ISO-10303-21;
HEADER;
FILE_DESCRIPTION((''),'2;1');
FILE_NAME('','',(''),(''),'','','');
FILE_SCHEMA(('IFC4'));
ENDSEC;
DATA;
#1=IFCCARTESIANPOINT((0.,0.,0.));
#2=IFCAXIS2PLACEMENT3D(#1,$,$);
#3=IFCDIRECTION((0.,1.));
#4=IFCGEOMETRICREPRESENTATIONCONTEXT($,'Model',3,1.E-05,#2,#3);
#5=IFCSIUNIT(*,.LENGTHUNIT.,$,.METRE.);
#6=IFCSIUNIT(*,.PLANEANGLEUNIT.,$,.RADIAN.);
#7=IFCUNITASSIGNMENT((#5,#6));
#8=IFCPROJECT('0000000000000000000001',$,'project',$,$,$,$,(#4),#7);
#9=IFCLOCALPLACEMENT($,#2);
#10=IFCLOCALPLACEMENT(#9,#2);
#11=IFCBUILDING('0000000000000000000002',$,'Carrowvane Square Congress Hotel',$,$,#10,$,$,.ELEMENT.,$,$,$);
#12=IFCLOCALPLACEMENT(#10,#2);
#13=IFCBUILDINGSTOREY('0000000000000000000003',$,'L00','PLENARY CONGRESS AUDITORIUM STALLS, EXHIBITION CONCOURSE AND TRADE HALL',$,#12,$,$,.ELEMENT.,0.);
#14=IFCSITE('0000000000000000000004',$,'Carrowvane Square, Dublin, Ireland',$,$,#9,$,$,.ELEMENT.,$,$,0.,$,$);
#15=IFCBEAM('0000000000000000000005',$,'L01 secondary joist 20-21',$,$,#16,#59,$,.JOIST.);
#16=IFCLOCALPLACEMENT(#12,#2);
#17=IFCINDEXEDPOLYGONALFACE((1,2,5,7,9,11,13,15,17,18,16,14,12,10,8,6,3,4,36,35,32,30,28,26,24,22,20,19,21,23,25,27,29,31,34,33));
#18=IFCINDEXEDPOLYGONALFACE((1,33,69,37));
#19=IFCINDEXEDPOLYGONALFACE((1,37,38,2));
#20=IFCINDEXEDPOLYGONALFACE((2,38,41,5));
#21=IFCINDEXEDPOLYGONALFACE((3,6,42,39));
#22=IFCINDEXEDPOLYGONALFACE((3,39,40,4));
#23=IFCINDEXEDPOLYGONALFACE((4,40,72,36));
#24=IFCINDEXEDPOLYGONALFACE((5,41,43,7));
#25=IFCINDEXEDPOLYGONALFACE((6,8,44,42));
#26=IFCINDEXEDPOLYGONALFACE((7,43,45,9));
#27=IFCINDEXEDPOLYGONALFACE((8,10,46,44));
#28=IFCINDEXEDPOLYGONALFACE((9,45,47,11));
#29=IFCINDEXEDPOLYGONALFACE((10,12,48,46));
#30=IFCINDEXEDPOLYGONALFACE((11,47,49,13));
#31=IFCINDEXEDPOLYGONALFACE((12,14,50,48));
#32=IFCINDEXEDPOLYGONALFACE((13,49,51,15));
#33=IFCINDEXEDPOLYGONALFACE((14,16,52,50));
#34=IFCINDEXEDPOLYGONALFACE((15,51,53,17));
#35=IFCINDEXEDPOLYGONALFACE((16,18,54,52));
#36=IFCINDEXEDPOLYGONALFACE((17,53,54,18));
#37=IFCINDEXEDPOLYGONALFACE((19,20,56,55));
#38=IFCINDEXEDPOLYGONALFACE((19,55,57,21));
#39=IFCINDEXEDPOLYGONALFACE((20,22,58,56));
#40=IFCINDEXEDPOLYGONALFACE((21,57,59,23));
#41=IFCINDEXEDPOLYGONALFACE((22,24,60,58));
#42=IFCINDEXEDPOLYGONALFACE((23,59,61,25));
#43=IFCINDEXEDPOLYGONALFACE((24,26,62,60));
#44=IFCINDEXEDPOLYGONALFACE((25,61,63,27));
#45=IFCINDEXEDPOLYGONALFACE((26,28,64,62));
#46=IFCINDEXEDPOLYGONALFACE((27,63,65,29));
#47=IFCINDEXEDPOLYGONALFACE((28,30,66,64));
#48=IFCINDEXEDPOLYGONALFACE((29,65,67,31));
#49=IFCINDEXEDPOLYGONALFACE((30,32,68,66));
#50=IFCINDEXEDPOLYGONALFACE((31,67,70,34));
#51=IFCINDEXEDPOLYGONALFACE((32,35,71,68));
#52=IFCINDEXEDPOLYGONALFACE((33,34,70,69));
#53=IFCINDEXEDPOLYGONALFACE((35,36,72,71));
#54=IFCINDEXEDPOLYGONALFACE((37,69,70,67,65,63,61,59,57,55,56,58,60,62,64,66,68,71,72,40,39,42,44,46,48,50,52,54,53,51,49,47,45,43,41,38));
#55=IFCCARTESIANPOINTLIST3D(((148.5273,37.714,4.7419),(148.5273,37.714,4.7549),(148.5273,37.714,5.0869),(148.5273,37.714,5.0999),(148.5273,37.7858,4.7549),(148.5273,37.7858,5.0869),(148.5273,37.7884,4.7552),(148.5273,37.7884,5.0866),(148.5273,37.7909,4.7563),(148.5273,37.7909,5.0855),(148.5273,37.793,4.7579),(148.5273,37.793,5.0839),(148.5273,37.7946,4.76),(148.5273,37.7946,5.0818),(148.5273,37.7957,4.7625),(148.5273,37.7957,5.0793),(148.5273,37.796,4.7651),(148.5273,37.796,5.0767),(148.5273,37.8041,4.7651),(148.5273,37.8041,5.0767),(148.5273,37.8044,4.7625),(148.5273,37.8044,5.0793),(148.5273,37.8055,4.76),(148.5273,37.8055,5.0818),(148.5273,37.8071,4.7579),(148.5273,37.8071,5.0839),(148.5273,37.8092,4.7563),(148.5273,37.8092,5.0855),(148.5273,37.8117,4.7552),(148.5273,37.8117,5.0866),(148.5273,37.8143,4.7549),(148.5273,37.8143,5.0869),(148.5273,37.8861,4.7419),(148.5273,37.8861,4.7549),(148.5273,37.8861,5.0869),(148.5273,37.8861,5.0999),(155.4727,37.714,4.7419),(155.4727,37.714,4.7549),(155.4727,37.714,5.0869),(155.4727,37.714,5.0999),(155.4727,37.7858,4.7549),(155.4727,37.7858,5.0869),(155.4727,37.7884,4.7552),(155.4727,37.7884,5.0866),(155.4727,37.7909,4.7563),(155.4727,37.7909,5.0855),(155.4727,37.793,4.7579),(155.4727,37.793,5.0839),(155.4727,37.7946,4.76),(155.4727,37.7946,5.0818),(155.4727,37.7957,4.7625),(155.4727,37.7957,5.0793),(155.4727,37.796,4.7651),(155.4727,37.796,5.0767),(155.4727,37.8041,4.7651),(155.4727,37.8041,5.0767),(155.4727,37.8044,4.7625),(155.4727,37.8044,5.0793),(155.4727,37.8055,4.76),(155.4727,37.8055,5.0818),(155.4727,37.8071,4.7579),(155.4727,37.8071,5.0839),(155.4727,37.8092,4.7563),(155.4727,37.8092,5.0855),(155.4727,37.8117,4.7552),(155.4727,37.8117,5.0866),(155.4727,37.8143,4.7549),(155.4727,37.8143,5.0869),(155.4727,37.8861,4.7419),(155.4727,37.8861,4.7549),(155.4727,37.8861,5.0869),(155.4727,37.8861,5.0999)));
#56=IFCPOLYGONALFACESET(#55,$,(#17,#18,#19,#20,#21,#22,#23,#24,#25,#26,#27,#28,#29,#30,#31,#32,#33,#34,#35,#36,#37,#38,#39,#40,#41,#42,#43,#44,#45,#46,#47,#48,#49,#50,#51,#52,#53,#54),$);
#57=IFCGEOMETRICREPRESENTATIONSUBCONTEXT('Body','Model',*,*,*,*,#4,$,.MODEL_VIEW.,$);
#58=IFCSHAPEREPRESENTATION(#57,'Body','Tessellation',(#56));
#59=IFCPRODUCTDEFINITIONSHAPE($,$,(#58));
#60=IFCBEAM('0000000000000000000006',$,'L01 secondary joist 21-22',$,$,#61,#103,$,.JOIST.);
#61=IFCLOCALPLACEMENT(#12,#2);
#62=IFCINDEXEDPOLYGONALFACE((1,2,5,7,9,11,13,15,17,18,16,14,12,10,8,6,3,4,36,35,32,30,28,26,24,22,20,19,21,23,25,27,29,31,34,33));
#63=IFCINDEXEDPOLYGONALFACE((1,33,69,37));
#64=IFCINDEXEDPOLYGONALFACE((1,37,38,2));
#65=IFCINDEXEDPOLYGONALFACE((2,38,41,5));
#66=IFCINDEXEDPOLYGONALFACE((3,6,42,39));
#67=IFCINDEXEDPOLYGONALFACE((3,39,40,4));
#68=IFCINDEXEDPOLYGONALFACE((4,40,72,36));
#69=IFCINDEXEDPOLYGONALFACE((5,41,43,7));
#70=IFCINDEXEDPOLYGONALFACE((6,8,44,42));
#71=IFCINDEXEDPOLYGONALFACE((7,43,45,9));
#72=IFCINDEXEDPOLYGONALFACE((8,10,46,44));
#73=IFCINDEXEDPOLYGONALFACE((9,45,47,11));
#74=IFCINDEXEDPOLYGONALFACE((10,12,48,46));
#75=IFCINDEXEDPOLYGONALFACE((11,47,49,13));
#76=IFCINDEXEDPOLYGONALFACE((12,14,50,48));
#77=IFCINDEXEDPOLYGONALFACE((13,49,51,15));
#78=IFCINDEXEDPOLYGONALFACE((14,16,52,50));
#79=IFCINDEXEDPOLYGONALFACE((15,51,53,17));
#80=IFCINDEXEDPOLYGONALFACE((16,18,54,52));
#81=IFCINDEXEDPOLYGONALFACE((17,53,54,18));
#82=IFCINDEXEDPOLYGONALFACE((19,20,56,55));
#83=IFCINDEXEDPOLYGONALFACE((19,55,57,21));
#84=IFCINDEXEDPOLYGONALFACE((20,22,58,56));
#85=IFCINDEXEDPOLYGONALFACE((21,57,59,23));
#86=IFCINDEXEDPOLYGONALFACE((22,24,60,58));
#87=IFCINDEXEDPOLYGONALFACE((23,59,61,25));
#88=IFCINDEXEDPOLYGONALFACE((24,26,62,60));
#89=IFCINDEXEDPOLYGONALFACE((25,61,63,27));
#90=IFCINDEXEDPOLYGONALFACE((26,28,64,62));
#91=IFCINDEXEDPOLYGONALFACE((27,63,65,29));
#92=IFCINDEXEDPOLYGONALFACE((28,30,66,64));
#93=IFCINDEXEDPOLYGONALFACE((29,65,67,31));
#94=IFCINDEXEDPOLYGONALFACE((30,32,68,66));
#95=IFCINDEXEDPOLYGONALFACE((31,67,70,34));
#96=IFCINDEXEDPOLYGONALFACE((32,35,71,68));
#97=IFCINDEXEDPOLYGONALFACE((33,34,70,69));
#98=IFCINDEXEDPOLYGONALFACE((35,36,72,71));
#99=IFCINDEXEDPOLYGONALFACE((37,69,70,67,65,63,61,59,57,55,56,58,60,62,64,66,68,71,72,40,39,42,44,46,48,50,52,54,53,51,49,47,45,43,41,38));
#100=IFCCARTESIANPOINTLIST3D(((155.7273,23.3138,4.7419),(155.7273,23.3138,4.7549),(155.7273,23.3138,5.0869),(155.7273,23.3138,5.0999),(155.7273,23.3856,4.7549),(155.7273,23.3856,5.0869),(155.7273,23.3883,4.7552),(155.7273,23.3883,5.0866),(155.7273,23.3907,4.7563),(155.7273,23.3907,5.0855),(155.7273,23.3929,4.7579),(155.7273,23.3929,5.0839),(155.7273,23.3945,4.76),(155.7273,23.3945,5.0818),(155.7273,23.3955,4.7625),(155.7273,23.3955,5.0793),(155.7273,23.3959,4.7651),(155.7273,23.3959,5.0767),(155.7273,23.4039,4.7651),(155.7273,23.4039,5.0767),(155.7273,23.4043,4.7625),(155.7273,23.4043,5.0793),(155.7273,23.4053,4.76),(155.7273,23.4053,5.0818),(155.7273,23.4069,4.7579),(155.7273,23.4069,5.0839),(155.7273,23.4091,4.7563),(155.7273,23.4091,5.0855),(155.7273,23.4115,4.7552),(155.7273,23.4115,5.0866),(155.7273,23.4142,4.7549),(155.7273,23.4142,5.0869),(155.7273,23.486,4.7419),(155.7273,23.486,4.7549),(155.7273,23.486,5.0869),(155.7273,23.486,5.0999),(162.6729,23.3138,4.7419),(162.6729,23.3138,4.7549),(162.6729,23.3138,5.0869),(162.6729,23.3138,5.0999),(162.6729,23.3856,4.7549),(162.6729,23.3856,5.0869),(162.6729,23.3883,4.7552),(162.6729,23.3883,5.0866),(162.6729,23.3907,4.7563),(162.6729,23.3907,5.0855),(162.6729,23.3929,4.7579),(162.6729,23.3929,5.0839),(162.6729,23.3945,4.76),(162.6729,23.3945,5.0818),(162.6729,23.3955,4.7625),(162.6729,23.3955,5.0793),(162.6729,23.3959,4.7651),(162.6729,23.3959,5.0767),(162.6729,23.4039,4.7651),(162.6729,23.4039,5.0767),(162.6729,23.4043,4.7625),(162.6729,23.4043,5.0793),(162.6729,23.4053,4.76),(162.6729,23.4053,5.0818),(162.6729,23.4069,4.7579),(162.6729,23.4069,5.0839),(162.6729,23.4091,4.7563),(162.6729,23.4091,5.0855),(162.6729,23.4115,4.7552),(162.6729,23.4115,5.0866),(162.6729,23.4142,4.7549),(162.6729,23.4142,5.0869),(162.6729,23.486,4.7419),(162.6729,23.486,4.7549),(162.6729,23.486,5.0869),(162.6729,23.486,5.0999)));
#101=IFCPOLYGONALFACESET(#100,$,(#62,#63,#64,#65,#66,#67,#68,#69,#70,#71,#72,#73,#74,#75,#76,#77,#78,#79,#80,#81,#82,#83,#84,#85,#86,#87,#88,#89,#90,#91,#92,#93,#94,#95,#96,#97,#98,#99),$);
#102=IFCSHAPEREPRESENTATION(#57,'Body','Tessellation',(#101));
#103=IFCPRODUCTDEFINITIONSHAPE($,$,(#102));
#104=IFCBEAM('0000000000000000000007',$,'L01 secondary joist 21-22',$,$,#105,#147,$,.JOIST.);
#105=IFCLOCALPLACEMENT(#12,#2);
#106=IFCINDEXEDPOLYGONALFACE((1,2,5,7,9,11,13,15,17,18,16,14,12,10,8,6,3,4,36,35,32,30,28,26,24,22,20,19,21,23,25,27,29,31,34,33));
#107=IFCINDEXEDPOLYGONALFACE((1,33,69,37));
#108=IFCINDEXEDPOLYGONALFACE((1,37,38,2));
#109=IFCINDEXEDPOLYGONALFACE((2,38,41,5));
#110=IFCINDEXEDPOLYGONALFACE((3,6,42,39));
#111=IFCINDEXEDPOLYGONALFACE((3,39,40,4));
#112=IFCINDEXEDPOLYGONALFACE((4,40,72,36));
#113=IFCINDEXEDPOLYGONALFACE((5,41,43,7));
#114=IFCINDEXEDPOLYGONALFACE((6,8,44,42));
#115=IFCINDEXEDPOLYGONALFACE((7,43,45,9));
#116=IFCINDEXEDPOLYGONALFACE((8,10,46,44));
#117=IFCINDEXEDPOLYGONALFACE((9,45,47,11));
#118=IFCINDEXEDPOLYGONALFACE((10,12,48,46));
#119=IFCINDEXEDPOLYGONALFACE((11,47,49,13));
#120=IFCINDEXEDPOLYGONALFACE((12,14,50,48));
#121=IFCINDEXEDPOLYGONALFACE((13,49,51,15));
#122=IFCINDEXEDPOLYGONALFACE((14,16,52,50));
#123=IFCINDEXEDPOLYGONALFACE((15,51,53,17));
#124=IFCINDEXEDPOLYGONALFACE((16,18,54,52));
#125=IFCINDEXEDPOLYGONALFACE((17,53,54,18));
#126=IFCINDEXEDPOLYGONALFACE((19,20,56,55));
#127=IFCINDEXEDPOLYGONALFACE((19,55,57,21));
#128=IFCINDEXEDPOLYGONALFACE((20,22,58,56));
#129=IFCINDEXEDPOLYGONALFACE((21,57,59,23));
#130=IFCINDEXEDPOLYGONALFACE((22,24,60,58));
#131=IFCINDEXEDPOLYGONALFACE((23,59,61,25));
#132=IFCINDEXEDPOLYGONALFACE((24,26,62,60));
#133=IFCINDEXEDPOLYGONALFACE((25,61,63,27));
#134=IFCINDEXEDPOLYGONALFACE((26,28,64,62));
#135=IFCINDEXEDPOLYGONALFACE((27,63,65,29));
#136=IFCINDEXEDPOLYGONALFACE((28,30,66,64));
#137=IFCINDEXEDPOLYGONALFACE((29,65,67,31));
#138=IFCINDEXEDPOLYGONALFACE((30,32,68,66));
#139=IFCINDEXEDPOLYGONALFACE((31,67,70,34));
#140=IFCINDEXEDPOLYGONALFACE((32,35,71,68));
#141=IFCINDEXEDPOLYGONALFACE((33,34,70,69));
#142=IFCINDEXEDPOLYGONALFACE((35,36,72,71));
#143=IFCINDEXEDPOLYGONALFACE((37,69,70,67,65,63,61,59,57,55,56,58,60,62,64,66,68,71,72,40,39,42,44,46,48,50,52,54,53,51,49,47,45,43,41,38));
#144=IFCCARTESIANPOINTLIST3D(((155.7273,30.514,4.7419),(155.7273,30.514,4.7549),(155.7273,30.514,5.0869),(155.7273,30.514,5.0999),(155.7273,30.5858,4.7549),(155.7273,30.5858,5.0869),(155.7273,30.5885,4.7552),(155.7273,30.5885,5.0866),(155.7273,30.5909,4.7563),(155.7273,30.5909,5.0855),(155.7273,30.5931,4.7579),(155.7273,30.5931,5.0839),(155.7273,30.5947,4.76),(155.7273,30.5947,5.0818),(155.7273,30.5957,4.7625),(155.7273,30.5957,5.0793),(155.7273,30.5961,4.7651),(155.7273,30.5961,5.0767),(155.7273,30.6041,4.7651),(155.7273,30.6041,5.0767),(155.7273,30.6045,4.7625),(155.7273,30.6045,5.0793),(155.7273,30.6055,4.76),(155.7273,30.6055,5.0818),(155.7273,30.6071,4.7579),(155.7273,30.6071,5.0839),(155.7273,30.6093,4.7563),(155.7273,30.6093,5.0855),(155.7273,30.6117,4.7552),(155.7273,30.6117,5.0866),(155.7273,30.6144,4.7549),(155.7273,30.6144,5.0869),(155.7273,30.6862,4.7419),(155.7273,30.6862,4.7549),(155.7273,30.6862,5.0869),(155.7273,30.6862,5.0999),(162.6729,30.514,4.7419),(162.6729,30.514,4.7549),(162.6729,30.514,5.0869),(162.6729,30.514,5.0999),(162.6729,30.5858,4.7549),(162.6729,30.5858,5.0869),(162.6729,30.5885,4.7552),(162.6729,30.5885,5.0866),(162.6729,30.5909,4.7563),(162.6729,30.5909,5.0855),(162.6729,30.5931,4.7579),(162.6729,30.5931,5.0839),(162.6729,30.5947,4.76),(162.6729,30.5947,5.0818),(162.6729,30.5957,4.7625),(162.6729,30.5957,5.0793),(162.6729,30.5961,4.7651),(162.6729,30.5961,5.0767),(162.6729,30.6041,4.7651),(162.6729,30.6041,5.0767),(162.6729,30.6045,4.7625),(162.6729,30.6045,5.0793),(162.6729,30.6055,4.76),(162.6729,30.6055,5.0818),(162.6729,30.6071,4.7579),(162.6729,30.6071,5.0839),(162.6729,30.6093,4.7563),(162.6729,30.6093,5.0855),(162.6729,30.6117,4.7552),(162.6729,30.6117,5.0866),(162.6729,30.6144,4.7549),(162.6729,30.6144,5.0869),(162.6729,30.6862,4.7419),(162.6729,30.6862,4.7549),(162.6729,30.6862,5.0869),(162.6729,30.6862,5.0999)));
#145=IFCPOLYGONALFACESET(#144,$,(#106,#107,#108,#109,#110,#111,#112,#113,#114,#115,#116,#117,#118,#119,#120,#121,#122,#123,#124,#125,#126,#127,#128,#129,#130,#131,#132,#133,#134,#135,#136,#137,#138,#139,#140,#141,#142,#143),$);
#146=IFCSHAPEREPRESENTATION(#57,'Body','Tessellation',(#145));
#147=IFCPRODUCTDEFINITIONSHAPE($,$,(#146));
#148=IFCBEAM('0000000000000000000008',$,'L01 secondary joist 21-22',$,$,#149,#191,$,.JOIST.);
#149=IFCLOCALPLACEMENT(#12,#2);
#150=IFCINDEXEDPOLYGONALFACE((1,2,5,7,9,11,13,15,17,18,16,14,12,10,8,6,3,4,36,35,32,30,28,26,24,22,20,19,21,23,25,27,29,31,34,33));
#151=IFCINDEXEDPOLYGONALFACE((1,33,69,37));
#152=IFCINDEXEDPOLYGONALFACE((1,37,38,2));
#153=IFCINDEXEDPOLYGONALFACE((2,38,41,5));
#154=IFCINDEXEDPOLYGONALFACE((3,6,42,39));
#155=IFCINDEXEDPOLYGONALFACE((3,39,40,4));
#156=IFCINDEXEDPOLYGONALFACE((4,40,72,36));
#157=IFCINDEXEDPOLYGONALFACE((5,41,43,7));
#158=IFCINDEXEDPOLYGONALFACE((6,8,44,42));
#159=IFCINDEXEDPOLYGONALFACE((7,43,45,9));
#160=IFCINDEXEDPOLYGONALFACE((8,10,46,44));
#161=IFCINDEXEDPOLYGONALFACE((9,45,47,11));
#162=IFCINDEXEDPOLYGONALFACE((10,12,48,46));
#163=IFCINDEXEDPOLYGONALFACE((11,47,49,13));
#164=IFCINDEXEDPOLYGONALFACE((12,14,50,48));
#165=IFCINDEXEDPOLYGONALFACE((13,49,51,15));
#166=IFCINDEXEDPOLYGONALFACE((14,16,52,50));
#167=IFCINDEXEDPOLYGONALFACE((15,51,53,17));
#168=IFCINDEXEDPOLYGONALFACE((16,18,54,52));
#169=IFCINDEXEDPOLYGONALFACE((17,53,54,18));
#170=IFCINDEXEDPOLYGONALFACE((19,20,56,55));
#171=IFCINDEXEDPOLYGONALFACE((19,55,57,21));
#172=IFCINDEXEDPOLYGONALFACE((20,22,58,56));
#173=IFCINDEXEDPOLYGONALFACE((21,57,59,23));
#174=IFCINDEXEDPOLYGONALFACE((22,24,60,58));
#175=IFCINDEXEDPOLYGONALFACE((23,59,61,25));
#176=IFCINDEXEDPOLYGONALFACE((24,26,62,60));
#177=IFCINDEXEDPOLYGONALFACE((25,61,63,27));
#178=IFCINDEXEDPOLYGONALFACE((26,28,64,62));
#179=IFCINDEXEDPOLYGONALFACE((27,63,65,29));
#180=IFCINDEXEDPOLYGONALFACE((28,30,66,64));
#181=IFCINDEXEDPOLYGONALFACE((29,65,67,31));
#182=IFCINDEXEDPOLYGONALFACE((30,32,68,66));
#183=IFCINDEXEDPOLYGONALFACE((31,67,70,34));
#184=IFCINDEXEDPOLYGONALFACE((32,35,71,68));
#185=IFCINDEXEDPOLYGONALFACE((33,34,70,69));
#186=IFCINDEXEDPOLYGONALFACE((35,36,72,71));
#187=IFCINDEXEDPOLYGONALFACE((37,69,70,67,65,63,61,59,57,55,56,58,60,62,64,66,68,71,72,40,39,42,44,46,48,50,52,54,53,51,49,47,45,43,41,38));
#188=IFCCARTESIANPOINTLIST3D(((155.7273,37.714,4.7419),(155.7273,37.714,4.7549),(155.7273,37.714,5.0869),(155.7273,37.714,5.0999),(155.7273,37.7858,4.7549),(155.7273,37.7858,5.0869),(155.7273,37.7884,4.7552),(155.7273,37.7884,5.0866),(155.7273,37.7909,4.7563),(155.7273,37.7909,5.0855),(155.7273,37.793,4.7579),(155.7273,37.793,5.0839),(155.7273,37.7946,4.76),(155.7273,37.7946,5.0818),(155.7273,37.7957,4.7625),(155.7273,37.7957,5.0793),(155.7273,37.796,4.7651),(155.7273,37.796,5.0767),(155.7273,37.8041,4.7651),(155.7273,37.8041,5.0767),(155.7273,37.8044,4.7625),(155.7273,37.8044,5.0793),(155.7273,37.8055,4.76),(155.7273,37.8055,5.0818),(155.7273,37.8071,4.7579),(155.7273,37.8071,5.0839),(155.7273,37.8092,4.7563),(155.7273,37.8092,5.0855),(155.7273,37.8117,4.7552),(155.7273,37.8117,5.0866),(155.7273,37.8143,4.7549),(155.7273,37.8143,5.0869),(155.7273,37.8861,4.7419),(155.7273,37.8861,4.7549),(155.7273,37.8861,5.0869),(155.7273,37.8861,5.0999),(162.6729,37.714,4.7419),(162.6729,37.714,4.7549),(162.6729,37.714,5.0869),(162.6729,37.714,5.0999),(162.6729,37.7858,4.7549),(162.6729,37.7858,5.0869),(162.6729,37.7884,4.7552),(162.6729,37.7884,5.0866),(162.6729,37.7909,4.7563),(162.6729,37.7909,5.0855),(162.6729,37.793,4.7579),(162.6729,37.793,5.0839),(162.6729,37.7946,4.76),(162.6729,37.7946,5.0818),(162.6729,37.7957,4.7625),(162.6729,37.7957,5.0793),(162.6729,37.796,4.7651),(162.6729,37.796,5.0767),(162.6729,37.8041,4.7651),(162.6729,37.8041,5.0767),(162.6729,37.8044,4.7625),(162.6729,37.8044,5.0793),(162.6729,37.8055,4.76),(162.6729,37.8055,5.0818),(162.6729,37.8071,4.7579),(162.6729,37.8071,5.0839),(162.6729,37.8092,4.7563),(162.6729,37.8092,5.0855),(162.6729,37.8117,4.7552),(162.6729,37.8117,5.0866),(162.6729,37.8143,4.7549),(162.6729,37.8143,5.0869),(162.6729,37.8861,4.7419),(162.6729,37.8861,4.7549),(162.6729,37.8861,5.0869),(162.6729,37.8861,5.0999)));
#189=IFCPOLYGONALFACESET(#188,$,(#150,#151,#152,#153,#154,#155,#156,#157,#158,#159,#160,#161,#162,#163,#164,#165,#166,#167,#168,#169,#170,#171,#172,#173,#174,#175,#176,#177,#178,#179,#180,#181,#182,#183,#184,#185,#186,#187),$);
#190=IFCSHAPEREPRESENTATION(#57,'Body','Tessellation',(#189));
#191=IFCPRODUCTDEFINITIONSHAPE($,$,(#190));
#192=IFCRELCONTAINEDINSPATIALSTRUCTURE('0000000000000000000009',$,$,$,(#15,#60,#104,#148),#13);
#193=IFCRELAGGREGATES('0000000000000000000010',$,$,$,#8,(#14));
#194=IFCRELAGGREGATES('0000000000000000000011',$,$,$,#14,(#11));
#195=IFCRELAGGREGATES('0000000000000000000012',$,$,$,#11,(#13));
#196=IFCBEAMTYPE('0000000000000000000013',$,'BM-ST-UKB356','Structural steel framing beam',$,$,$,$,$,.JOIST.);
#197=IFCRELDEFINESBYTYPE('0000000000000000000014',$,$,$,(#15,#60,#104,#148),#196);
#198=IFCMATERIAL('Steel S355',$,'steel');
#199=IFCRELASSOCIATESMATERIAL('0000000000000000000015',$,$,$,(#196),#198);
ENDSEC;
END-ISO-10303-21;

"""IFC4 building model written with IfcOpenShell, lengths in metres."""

from ifc_helpers import new_model, si_unit, direction, frame, origin, origin_2d, place, context, subcontext, project, spatial, i_section, extrude, material, material_profile, profile_set, type_object, element, save


model = new_model("IFC4")

# Units and contexts
model_context = context("Model", 3, precision=1e-05, world=origin(), true_north=direction((0.0, 1.0)))
body_context = subcontext(model_context, "Body", "Model", "MODEL_VIEW")
ifc_project = project(units=[si_unit("LENGTHUNIT", "METRE"), si_unit("PLANEANGLEUNIT", "RADIAN")], contexts=[model_context])

# Site, building, storey
site_placement = place(None, origin())
site = spatial("IfcSite", under=ifc_project, at=site_placement, Name="Carrowvane Square, Dublin, Ireland", CompositionType="ELEMENT", RefElevation=0.0)
building_placement = place(site_placement, origin())
building = spatial("IfcBuilding", under=site, at=building_placement, Name="Carrowvane Square Congress Hotel", CompositionType="ELEMENT")
storey_placement = place(building_placement, origin())
storey = spatial("IfcBuildingStorey", under=building, at=storey_placement, Name="L00", Description="PLENARY CONGRESS AUDITORIUM STALLS, EXHIBITION CONCOURSE AND TRADE HALL", CompositionType="ELEMENT", Elevation=0.0)

# Beams
ifc_material_1 = material(Name="Steel S355", Category="steel")
ifc_material_profile_1 = material_profile(ifc_material_1, i_section(OverallWidth=0.1721, OverallDepth=0.3579, WebThickness=0.0081, FlangeThickness=0.0129, FilletRadius=0.0103, at=origin_2d()), Name="UKB 356x171x57")
ifc_profile_set_1 = profile_set([ifc_material_profile_1], Name="Steel S355")
beam_type_1 = type_object("IfcBeamType", Name="BM-ST-UKB356", Description="Structural steel framing beam", PredefinedType="JOIST", material=ifc_profile_set_1)
for number, where, z_axis, x_axis, name in (
    (1, (148.5273, 37.8, 4.9209), (1.0, 0.0, 0.0), (0.0, 1.0, 0.0), "L01 secondary joist 20-21"),
):
    element("IfcBeam", number, at=place(storey_placement, frame(where, z_axis=z_axis, x_axis=x_axis)), inside=storey, type_object=beam_type_1, Name=name, PredefinedType="JOIST", context=body_context, shape_type="SweptSolid", body=[
        extrude(i_section(OverallWidth=0.1721, OverallDepth=0.3579, WebThickness=0.0081, FlangeThickness=0.0129, FilletRadius=0.0103, at=origin_2d()), origin(), (0.0, 0.0, 1.0), 6.9453),
    ])
for number, where, z_axis, x_axis, name in (
    (2, (155.7273, 23.3999, 4.9209), (1.0, 0.0, 0.0), (0.0, 1.0, 0.0), "L01 secondary joist 21-22"),
    (3, (155.7273, 30.6001, 4.9209), (1.0, 0.0, 0.0), (0.0, 1.0, 0.0), "L01 secondary joist 21-22"),
    (4, (155.7273, 37.8, 4.9209), (1.0, 0.0, 0.0), (0.0, 1.0, 0.0), "L01 secondary joist 21-22"),
):
    element("IfcBeam", number, at=place(storey_placement, frame(where, z_axis=z_axis, x_axis=x_axis)), inside=storey, type_object=beam_type_1, Name=name, PredefinedType="JOIST", context=body_context, shape_type="SweptSolid", body=[
        extrude(i_section(OverallWidth=0.1721, OverallDepth=0.3579, WebThickness=0.0081, FlangeThickness=0.0129, FilletRadius=0.0103, at=origin_2d()), origin(), (0.0, 0.0, 1.0), 6.9456),
    ])

save(model, "model.ifc")
